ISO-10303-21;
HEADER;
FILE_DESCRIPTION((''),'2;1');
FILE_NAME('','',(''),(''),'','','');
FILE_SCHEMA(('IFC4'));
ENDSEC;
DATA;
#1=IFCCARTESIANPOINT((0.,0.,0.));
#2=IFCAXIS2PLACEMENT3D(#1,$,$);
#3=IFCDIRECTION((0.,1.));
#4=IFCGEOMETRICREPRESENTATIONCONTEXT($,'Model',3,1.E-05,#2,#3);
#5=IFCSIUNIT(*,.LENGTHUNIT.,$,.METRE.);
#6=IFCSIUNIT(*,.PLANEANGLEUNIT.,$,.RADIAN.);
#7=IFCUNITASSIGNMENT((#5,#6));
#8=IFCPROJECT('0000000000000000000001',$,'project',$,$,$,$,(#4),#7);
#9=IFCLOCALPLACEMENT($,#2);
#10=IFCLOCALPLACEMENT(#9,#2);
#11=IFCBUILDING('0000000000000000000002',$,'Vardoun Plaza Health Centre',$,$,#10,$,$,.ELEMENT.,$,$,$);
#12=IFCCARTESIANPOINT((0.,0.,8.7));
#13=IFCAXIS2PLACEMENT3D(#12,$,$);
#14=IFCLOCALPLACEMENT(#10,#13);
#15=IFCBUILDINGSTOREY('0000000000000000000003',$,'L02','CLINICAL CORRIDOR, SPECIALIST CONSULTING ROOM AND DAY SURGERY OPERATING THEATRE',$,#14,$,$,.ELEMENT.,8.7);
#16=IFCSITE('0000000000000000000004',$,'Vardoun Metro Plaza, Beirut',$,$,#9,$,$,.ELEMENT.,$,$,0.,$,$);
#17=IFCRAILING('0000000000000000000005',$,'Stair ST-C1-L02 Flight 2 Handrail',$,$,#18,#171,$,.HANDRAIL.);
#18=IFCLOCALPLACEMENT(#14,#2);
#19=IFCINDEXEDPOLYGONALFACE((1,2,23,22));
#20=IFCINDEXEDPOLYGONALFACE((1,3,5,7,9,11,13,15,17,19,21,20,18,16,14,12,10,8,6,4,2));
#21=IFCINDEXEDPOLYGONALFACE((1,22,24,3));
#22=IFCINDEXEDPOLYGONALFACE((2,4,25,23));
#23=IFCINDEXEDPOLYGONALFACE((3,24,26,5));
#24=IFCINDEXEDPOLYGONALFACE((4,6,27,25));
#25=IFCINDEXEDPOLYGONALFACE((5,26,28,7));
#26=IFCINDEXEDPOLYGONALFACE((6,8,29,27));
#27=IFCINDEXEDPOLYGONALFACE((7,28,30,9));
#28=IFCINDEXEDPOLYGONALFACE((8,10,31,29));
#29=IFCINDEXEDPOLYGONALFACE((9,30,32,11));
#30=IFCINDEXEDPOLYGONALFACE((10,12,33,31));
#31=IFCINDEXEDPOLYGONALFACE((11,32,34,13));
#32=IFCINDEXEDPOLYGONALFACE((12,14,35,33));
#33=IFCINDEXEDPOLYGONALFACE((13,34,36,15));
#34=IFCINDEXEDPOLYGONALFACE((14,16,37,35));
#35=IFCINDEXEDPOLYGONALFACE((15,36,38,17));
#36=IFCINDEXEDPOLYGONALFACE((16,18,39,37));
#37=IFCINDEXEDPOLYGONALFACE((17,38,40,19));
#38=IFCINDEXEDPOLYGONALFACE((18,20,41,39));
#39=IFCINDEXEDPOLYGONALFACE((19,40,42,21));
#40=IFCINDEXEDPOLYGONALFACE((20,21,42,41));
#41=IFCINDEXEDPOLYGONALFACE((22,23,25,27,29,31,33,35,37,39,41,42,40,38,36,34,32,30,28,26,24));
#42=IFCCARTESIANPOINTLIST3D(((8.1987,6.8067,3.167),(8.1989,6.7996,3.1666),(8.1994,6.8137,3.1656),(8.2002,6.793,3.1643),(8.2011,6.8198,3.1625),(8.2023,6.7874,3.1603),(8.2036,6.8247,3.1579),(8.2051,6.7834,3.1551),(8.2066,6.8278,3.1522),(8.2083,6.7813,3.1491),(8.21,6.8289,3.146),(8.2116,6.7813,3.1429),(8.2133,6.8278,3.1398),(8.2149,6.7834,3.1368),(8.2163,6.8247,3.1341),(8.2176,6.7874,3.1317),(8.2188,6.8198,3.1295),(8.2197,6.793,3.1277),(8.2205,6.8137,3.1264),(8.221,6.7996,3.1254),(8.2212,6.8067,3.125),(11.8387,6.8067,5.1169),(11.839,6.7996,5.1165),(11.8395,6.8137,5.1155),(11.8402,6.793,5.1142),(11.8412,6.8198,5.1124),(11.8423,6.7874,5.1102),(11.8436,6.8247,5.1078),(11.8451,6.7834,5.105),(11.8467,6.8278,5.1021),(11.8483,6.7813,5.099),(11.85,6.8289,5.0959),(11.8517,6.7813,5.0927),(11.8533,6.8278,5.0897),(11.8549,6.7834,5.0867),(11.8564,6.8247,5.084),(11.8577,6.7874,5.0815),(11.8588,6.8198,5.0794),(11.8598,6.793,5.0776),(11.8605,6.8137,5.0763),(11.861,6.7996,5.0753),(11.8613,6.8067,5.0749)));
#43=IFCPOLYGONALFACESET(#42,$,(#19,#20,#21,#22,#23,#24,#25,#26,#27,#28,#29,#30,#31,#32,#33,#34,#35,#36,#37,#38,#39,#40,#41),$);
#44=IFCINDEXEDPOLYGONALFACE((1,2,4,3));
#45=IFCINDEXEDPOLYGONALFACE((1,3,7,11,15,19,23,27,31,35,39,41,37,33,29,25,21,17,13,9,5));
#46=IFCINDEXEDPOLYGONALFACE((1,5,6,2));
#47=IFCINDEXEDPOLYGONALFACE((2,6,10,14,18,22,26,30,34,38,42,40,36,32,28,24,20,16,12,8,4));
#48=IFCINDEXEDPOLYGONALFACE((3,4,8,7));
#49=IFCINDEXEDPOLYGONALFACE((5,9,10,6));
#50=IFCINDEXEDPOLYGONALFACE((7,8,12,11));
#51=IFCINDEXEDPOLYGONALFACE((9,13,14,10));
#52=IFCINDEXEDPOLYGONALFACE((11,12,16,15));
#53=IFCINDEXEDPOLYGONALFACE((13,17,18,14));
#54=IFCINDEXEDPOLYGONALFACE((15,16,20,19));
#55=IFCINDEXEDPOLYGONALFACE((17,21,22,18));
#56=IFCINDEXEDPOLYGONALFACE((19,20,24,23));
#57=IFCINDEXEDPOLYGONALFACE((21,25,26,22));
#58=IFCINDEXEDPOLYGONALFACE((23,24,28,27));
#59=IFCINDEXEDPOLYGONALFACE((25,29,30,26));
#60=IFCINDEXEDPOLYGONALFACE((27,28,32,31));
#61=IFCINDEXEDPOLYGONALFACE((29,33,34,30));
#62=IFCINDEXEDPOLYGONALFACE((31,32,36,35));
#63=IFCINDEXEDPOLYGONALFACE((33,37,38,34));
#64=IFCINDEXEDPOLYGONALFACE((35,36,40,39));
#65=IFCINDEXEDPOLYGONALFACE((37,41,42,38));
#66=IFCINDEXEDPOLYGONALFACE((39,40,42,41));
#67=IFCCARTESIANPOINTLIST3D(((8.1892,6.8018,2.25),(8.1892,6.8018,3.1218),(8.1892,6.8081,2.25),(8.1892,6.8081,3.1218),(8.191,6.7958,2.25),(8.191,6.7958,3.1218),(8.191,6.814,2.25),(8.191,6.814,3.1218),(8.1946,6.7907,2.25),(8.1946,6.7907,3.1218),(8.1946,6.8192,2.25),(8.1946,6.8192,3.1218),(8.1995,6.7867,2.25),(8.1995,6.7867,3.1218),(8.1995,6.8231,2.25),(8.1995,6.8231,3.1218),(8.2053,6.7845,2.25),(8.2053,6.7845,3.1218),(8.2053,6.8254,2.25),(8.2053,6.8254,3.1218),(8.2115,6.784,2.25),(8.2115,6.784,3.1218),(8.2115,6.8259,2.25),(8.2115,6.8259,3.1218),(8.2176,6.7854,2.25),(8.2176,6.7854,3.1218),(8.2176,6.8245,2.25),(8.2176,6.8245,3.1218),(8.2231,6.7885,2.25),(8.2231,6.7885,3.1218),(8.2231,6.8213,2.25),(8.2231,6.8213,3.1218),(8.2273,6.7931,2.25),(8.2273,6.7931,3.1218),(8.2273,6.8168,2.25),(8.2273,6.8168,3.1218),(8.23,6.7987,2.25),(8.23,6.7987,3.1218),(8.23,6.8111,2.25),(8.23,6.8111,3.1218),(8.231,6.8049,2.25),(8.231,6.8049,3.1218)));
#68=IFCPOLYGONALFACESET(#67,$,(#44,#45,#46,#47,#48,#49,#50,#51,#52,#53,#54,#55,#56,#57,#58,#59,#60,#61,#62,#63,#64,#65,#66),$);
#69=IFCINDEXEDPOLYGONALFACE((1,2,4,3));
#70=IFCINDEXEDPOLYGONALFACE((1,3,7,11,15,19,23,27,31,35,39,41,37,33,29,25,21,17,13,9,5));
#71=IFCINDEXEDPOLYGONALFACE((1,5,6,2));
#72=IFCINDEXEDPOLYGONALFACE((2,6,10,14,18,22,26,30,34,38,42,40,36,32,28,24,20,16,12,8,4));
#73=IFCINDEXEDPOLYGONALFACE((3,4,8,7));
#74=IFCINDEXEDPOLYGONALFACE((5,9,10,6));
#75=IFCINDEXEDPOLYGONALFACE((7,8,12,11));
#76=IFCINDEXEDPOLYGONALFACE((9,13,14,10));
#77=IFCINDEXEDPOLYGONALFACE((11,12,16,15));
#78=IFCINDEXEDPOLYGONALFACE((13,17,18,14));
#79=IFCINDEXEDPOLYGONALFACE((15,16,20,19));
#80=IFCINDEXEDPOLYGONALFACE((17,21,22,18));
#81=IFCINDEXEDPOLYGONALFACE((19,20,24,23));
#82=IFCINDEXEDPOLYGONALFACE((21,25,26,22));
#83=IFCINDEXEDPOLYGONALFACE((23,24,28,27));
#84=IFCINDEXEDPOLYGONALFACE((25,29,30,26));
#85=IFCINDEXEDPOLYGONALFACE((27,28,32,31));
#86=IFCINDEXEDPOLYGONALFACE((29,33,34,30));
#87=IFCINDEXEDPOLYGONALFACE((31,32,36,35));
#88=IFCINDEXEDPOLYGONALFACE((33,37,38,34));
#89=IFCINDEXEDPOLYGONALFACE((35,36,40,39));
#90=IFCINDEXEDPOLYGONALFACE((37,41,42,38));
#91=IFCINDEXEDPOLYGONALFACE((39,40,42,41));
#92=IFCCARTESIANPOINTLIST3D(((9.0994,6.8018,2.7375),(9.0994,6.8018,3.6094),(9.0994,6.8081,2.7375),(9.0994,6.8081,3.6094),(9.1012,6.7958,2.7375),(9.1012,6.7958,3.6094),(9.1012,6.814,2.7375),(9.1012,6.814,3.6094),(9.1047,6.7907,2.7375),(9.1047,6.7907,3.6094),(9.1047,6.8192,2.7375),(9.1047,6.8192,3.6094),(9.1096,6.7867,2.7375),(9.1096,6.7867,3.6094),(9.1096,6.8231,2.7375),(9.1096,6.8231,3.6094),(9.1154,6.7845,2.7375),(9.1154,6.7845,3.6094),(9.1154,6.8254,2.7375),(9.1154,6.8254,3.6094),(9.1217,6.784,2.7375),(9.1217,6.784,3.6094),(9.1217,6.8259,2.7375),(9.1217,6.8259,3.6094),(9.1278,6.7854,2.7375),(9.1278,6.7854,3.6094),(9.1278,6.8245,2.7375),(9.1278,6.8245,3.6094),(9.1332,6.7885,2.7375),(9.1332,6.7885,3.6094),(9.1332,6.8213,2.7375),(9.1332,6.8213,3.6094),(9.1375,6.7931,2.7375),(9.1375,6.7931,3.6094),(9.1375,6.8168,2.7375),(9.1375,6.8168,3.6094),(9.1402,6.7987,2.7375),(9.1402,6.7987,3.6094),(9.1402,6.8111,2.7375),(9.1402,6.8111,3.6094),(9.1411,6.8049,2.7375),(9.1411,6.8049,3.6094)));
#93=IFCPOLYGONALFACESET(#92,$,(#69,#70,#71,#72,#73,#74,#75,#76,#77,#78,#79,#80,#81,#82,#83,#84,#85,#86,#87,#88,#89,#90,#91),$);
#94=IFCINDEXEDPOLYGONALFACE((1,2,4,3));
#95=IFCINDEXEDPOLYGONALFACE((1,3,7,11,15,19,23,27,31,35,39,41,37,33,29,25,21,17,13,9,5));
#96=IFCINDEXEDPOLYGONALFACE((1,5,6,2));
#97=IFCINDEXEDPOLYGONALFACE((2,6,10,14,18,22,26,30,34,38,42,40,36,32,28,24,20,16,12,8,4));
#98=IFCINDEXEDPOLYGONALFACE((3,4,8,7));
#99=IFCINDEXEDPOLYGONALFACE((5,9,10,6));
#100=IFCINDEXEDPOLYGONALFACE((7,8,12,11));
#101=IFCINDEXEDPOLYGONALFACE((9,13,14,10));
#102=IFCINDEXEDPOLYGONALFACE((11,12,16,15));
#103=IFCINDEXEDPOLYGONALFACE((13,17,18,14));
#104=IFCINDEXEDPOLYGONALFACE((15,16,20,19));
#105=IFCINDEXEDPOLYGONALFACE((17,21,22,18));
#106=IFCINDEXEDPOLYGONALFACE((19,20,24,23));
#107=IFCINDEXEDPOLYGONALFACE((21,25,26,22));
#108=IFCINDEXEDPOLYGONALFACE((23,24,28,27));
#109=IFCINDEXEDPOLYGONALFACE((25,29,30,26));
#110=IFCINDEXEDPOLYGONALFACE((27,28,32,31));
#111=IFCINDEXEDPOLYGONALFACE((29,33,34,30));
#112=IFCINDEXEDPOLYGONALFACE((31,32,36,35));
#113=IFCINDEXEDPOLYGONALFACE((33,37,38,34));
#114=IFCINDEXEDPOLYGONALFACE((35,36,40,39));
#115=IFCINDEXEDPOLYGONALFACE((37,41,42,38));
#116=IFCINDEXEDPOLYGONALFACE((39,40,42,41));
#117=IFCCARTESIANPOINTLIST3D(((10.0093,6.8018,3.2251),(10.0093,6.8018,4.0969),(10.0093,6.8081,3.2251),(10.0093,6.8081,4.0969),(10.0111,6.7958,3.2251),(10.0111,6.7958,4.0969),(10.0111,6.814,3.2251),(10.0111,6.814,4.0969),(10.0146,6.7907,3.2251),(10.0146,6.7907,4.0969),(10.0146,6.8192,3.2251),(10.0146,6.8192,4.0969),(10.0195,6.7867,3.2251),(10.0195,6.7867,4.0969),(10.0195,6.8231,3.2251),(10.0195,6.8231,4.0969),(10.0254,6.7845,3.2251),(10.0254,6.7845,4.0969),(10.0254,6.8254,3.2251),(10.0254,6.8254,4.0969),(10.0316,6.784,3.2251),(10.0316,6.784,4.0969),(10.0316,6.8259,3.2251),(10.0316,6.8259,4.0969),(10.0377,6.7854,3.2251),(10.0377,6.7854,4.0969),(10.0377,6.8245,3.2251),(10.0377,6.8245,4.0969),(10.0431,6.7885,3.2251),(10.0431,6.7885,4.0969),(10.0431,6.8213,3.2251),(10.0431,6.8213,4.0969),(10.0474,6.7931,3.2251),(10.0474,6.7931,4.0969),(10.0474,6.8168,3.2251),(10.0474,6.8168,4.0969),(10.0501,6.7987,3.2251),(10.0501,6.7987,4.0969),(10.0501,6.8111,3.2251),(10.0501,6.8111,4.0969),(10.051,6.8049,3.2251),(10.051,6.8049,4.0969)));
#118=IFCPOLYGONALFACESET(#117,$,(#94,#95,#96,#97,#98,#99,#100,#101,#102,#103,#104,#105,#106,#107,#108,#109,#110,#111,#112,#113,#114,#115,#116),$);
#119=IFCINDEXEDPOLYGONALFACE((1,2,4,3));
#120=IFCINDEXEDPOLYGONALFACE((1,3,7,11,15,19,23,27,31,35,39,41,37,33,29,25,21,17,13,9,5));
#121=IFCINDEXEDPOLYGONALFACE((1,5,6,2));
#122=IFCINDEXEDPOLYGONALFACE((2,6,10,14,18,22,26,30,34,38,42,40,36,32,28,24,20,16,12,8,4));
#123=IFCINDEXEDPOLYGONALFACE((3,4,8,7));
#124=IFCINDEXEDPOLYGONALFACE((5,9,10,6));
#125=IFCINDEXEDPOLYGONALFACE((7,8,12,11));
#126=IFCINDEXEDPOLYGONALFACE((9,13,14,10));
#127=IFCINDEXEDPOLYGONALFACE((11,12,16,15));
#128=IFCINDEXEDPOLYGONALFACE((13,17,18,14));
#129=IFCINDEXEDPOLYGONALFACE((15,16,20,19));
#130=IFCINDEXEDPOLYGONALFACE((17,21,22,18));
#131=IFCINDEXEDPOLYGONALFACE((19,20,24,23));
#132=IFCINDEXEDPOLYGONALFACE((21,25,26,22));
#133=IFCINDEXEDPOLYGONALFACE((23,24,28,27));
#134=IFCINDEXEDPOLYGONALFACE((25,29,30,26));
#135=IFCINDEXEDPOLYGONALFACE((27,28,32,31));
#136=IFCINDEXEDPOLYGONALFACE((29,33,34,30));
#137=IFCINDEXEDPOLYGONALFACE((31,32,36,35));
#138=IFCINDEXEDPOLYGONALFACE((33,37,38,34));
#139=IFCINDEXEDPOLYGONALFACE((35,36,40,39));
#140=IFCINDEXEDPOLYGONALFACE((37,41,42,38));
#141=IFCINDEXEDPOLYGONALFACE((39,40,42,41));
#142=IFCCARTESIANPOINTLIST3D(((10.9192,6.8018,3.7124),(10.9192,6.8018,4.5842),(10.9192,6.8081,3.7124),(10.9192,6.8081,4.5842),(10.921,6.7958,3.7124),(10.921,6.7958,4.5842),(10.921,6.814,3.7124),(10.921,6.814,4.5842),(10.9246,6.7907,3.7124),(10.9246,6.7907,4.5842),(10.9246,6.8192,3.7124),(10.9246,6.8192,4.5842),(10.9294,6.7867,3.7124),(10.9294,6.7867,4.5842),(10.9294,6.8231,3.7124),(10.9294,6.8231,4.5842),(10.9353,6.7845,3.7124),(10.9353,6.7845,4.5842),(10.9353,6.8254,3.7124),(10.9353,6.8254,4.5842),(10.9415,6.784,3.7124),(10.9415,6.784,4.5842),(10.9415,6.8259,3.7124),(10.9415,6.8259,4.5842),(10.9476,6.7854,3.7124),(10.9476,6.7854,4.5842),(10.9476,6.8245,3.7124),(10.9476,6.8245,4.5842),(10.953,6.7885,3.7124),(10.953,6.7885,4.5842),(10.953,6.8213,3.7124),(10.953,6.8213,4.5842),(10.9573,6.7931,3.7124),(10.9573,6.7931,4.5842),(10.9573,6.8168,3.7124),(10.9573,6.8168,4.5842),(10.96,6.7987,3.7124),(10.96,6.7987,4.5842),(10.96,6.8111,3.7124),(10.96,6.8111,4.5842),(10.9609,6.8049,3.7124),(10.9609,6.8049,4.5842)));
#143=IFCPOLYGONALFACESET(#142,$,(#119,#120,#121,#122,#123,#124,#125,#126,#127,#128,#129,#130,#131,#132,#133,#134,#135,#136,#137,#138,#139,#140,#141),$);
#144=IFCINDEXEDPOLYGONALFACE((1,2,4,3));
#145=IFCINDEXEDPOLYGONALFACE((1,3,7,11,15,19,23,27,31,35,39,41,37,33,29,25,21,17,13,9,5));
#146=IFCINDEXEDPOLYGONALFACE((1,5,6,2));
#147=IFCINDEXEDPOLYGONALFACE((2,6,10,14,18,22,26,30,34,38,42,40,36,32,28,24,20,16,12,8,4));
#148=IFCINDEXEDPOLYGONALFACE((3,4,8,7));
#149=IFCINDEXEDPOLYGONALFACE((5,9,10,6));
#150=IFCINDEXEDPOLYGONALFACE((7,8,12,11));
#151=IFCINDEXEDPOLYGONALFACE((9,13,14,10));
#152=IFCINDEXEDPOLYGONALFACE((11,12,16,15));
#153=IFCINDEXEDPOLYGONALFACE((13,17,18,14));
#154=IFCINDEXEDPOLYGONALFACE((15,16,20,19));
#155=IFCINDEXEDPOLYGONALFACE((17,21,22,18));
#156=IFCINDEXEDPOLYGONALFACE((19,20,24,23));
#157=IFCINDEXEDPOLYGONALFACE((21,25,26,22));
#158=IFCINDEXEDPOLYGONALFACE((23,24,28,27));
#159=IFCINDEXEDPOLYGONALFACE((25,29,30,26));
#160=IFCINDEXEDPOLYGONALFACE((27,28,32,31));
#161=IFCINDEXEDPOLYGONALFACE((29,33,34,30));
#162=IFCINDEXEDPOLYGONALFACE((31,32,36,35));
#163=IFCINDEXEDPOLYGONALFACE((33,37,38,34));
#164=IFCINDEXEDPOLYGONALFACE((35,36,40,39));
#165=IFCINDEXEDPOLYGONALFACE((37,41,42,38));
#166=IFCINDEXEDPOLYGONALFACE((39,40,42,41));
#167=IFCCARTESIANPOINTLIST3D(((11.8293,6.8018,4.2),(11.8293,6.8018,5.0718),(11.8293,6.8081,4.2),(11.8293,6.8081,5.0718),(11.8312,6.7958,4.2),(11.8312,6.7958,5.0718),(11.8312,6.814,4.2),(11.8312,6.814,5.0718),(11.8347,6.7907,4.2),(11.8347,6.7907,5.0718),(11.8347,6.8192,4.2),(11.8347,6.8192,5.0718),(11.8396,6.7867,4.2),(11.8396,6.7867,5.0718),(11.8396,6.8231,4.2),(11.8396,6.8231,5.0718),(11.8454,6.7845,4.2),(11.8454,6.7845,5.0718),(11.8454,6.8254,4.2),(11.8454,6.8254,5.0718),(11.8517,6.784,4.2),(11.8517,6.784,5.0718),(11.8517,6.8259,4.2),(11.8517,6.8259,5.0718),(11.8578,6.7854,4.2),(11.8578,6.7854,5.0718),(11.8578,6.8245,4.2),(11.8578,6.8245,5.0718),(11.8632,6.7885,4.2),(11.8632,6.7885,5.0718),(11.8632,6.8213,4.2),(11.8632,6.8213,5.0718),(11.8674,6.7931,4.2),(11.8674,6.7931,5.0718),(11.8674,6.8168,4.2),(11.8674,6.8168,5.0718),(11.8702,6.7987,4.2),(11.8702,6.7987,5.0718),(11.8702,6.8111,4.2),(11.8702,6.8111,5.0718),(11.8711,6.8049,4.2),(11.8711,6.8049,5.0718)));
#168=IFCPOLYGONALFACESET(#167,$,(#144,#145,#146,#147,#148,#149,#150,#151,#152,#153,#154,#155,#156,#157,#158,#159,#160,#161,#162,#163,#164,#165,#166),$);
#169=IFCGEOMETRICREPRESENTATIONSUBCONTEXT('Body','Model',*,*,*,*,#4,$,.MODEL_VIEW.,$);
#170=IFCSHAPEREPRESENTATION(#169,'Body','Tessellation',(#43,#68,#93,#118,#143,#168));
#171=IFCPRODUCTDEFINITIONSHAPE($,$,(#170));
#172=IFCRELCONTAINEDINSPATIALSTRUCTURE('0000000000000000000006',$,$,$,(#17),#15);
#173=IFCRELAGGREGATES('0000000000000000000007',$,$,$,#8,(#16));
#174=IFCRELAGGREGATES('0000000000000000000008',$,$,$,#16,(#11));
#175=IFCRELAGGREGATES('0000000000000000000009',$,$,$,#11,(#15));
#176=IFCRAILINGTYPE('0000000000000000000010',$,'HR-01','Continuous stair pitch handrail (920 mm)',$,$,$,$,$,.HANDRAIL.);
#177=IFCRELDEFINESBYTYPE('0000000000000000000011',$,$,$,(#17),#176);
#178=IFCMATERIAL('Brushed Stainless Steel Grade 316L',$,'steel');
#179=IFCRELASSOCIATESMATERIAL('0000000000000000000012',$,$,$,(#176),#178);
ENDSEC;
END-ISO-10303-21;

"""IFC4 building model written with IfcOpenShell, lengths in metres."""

from ifc_helpers import new_model, si_unit, direction, frame, origin, origin_2d, place, context, subcontext, project, spatial, circle, extrude, material, type_object, element, save


model = new_model("IFC4")

# Units and contexts
model_context = context("Model", 3, precision=1e-05, world=origin(), true_north=direction((0.0, 1.0)))
body_context = subcontext(model_context, "Body", "Model", "MODEL_VIEW")
ifc_project = project(units=[si_unit("LENGTHUNIT", "METRE"), si_unit("PLANEANGLEUNIT", "RADIAN")], contexts=[model_context])

# Site, building, storey
site_placement = place(None, origin())
site = spatial("IfcSite", under=ifc_project, at=site_placement, Name="Vardoun Metro Plaza, Beirut", CompositionType="ELEMENT", RefElevation=0.0)
building_placement = place(site_placement, origin())
building = spatial("IfcBuilding", under=site, at=building_placement, Name="Vardoun Plaza Health Centre", CompositionType="ELEMENT")
storey_placement = place(building_placement, frame((0.0, 0.0, 8.7)))
storey = spatial("IfcBuildingStorey", under=building, at=storey_placement, Name="L02", Description="CLINICAL CORRIDOR, SPECIALIST CONSULTING ROOM AND DAY SURGERY OPERATING THEATRE", CompositionType="ELEMENT", Elevation=8.7)

# Railing
ifc_material_1 = material(Name="Brushed Stainless Steel Grade 316L", Category="steel")
railing_type_1 = type_object("IfcRailingType", Name="HR-01", Description="Continuous stair pitch handrail (920 mm)", PredefinedType="HANDRAIL", material=ifc_material_1)
railing_1_placement = place(storey_placement, frame((8.21, 6.8049, 2.25)))
element("IfcRailing", 1, at=railing_1_placement, inside=storey, type_object=railing_type_1, Name="Stair ST-C1-L02 Flight 2 Handrail", PredefinedType="HANDRAIL", context=body_context, shape_type="SweptSolid", body=[
    extrude(circle(Radius=0.0239, at=origin_2d()), frame((0.0, 0.0, 0.896), z_axis=(0.881492, 0.0, 0.472198), x_axis=(0.0, 1.0, 0.0)), (0.0, 0.0, 1.0), 4.1294),
    extrude(circle(Radius=0.021, at=origin_2d()), origin(), (0.0, 0.0, 1.0), 0.8718),
    extrude(circle(Radius=0.021, at=origin_2d()), frame((0.9102, 0.0, 0.4875)), (0.0, 0.0, 1.0), 0.8718),
    extrude(circle(Radius=0.021, at=origin_2d()), frame((1.8201, 0.0, 0.9751)), (0.0, 0.0, 1.0), 0.8718),
    extrude(circle(Radius=0.021, at=origin_2d()), frame((2.73, 0.0, 1.4624)), (0.0, 0.0, 1.0), 0.8718),
    extrude(circle(Radius=0.021, at=origin_2d()), frame((3.6401, 0.0, 1.95)), (0.0, 0.0, 1.0), 0.8718),
])

save(model, "model.ifc")
